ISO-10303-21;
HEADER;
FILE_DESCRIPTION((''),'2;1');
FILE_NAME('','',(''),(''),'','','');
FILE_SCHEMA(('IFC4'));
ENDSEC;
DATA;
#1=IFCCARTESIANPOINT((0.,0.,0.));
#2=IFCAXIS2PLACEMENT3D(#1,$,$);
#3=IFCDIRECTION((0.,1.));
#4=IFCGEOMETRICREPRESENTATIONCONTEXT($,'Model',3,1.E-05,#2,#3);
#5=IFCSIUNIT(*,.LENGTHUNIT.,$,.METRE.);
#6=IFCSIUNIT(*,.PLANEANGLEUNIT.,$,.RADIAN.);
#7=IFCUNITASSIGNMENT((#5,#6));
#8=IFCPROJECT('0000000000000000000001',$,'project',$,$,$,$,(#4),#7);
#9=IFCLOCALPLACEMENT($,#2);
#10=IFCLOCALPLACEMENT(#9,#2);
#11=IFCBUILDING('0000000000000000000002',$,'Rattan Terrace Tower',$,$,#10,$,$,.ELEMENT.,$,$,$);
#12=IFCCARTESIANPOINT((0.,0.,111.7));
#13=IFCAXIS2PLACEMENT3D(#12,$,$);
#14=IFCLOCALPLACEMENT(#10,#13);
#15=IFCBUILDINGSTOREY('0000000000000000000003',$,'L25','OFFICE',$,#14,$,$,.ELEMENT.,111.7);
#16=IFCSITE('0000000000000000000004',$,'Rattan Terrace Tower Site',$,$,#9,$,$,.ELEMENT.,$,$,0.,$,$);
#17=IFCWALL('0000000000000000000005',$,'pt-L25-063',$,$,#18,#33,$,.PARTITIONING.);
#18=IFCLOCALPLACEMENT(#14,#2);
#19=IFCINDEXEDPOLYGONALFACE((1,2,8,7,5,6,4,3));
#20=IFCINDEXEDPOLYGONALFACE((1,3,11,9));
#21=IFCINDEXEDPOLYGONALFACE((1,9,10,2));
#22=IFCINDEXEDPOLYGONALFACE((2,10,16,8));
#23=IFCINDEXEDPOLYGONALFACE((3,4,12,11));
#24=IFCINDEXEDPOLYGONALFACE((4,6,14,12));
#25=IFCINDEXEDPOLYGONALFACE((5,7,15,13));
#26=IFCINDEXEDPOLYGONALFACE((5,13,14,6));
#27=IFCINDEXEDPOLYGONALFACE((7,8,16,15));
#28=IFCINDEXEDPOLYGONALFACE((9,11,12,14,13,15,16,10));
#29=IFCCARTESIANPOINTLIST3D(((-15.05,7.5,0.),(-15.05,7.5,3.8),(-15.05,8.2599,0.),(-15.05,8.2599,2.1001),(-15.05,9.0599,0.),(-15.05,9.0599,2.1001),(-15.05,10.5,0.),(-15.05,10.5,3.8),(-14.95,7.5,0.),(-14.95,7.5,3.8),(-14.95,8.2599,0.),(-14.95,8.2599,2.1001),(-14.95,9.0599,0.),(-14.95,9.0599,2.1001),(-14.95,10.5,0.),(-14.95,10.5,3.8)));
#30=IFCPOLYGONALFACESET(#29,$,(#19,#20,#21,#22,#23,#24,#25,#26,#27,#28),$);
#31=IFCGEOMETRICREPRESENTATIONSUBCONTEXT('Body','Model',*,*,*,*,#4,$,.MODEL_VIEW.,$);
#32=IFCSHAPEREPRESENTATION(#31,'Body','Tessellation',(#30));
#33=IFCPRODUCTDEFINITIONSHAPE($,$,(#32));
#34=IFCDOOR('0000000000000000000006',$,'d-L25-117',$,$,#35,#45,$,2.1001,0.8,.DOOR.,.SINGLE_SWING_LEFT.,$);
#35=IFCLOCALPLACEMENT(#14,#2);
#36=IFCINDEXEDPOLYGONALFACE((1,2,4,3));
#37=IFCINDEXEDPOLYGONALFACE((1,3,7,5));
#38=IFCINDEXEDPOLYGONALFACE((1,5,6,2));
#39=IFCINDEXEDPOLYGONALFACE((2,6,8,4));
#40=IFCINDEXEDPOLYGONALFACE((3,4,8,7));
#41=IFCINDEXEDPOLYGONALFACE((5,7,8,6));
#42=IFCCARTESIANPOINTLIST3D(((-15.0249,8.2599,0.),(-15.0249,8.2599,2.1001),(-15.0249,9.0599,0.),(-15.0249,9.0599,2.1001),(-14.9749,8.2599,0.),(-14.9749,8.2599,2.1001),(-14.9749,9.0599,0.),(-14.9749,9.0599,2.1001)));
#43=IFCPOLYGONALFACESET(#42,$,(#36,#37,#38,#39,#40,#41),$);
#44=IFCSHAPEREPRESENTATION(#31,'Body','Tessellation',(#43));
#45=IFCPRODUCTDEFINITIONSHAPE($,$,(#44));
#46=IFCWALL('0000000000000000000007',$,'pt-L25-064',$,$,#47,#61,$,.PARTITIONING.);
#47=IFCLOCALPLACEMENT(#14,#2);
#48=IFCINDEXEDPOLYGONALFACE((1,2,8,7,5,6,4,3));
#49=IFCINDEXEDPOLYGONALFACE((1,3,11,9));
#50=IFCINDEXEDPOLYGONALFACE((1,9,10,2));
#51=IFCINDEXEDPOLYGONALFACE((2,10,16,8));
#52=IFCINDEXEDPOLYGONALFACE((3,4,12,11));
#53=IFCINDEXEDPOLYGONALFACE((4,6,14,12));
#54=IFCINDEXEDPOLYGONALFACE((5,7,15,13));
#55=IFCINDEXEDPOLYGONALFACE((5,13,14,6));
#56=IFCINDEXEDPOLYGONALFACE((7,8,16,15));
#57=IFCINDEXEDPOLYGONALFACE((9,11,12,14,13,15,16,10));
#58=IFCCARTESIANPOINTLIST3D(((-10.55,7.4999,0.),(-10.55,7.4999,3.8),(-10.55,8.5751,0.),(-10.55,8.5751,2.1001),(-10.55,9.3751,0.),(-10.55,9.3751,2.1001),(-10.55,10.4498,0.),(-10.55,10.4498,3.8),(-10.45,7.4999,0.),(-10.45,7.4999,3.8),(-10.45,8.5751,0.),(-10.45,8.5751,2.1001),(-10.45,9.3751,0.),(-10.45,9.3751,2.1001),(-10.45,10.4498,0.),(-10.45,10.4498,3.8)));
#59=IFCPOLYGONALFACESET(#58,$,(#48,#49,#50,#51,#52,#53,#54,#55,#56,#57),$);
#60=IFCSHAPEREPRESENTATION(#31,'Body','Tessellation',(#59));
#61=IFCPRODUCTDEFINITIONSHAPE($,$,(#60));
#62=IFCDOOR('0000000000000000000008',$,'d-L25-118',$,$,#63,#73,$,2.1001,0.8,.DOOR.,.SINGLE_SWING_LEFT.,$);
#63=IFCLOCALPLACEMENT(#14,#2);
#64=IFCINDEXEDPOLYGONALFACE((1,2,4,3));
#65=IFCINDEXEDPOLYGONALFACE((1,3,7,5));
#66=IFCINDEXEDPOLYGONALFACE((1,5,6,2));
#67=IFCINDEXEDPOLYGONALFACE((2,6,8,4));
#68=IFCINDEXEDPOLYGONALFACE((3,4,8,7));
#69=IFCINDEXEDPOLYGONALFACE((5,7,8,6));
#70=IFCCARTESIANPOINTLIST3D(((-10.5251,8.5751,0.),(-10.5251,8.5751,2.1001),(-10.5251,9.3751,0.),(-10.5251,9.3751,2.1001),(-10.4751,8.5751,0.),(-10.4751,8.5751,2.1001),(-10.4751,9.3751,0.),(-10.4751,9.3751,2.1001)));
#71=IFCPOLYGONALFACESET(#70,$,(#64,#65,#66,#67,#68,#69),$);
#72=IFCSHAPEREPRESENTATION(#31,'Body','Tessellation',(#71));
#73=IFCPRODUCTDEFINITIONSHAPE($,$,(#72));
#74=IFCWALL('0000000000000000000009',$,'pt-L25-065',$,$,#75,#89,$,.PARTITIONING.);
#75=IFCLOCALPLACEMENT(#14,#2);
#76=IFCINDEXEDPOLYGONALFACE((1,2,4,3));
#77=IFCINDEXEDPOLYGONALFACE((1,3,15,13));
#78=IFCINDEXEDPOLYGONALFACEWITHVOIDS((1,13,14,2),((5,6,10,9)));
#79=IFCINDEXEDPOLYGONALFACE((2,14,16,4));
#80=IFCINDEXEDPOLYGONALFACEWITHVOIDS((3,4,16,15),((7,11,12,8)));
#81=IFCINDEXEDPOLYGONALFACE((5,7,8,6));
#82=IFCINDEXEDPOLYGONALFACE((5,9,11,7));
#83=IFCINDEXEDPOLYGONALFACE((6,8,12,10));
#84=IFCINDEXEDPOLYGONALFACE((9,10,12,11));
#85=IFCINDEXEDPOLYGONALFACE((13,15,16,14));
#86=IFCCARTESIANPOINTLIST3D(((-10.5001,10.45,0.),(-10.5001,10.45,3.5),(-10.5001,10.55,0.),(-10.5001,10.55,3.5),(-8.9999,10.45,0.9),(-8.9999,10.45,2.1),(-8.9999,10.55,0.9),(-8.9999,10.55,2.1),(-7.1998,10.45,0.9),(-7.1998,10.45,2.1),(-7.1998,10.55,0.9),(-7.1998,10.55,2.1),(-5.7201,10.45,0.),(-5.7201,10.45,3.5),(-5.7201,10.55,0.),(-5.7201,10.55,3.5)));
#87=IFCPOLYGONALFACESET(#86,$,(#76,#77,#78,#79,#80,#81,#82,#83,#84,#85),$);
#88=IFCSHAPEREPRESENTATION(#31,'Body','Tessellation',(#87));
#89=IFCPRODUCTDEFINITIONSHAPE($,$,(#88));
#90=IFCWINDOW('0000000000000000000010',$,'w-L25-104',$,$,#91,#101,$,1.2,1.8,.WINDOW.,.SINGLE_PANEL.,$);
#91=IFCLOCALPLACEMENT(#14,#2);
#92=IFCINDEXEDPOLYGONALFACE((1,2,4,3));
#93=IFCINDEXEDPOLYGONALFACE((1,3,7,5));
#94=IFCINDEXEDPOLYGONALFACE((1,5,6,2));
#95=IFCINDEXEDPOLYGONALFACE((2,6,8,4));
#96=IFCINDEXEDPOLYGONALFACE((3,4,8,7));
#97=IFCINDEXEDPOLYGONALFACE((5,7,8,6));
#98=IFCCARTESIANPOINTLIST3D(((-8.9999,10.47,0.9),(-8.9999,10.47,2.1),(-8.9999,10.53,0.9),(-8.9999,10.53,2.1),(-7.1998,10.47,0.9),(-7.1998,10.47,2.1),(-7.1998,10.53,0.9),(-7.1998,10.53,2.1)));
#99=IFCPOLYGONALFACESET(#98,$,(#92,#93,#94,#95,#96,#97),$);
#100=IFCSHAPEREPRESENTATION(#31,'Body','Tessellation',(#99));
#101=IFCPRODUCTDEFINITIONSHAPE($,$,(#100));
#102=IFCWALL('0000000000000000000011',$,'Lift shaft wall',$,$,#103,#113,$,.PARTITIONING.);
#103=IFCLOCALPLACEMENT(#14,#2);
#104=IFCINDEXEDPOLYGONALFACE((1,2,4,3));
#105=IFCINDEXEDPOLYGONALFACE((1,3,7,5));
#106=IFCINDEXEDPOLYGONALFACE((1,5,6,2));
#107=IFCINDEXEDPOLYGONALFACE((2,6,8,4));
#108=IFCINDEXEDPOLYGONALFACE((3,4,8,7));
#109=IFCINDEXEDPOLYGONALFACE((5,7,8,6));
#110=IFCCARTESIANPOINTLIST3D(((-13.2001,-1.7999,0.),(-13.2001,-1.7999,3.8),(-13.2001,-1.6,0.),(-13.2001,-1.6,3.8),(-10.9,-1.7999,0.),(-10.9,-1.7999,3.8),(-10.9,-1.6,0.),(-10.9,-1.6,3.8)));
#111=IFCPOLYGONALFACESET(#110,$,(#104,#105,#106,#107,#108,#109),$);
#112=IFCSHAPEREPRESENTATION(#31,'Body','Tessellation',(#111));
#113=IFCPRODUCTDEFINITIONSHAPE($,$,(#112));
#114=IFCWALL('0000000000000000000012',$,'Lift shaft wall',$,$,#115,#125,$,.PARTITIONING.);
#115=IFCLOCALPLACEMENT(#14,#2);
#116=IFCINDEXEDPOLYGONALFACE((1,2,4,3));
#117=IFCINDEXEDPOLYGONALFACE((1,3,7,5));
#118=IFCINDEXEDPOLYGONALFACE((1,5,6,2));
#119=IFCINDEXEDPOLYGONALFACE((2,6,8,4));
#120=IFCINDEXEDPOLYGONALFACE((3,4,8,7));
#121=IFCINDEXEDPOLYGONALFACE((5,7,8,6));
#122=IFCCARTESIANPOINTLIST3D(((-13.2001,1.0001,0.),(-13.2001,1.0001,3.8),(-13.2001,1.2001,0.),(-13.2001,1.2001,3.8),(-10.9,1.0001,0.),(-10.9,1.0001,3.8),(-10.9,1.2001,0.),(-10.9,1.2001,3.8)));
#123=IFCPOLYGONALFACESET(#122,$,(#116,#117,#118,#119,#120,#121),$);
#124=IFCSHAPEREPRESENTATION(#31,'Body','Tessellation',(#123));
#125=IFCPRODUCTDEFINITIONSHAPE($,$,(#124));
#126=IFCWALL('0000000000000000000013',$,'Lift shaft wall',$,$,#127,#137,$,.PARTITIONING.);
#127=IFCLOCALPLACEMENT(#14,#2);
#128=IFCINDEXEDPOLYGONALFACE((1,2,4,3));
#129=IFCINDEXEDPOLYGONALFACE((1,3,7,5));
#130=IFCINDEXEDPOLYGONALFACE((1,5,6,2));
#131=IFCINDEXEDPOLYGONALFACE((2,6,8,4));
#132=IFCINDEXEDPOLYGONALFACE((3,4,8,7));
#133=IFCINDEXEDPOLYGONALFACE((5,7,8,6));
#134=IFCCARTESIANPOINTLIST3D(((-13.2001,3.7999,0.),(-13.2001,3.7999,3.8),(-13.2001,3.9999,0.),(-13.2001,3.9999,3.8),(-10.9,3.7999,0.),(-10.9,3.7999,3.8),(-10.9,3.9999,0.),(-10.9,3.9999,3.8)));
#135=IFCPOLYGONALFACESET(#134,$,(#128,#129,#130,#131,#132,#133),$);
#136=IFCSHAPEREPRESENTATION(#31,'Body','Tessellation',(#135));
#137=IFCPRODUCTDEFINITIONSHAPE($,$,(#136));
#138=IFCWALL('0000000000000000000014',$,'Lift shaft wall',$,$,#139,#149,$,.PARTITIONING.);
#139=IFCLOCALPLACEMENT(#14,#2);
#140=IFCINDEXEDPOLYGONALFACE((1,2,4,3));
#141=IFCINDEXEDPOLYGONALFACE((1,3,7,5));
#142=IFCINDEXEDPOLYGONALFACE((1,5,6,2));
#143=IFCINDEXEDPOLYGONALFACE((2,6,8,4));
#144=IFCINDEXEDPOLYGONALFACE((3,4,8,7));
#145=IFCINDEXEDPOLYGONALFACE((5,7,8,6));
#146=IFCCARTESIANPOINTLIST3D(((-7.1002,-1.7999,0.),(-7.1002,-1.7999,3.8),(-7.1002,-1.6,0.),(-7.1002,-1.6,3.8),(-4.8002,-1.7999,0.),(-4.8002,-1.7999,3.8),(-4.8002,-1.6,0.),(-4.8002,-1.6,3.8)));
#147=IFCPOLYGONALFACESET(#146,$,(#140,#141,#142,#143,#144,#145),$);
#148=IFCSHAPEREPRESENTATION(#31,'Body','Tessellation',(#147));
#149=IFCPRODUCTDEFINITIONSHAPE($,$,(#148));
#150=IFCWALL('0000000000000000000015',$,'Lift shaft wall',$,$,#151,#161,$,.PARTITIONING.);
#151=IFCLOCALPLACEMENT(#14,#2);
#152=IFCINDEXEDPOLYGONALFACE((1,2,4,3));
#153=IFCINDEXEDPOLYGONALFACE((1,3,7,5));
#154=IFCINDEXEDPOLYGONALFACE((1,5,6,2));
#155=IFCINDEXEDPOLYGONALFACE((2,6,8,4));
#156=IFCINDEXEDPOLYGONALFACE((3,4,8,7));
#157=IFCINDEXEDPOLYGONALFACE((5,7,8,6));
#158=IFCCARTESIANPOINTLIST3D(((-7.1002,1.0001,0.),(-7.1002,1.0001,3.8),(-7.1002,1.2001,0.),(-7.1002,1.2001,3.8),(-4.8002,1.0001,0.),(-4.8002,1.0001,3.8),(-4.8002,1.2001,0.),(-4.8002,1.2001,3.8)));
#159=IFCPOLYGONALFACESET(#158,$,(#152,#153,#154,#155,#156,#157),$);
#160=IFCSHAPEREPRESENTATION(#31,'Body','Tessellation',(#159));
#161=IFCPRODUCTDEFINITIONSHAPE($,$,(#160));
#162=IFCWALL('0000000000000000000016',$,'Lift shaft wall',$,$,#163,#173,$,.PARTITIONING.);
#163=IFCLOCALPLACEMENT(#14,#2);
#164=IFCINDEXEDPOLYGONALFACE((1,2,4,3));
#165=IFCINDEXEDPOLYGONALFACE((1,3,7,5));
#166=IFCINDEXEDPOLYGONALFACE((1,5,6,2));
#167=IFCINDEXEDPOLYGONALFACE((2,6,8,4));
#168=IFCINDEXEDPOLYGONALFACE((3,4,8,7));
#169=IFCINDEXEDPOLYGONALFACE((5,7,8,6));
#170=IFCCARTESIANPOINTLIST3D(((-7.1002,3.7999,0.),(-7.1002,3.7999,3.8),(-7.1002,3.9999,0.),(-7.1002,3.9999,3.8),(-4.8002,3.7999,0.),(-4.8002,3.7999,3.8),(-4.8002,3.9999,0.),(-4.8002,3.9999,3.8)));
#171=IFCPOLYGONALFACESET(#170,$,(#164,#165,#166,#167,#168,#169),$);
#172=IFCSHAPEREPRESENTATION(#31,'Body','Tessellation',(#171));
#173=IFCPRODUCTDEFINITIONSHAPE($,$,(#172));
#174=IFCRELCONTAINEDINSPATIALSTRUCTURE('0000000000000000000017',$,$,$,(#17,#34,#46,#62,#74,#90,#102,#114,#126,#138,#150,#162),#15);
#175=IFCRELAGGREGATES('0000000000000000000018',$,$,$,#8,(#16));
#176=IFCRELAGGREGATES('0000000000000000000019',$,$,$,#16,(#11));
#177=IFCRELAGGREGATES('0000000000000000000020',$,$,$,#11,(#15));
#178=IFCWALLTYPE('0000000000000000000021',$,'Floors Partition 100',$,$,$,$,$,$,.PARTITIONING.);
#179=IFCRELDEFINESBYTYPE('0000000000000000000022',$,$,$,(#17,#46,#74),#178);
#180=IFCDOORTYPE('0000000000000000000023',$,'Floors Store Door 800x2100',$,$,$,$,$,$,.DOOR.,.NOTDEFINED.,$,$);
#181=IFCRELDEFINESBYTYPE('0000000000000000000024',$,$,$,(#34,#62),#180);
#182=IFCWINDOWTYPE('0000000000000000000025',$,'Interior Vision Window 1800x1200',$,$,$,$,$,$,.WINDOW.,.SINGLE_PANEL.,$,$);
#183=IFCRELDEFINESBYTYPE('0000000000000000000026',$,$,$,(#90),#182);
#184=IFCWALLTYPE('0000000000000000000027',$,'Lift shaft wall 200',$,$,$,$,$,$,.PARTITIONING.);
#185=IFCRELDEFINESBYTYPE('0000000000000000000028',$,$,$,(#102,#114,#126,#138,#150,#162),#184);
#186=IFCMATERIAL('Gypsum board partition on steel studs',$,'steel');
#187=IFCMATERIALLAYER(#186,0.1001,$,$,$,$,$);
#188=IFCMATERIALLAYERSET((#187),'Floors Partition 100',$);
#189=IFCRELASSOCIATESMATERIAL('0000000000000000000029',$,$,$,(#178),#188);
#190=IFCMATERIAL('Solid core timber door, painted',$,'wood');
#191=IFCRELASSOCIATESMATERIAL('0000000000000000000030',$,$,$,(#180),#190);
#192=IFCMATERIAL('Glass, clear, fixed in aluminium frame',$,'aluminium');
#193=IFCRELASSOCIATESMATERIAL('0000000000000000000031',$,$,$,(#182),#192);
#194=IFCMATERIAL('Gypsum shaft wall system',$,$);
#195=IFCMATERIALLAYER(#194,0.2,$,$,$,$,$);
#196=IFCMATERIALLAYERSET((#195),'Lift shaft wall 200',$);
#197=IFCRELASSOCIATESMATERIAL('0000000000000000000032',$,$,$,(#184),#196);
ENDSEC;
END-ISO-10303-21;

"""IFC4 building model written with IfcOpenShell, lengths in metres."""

from ifc_helpers import new_model, si_unit, direction, frame, frame_2d, origin, place, context, subcontext, project, spatial, rectangle, extrude, material, layer, layer_set, type_object, element, fill, save


model = new_model("IFC4")

# Units and contexts
model_context = context("Model", 3, precision=1e-05, world=origin(), true_north=direction((0.0, 1.0)))
body_context = subcontext(model_context, "Body", "Model", "MODEL_VIEW")
ifc_project = project(units=[si_unit("LENGTHUNIT", "METRE"), si_unit("PLANEANGLEUNIT", "RADIAN")], contexts=[model_context])

# Site, building, storey
site_placement = place(None, origin())
site = spatial("IfcSite", under=ifc_project, at=site_placement, Name="Rattan Terrace Tower Site", CompositionType="ELEMENT", RefElevation=0.0)
building_placement = place(site_placement, origin())
building = spatial("IfcBuilding", under=site, at=building_placement, Name="Rattan Terrace Tower", CompositionType="ELEMENT")
storey_placement = place(building_placement, frame((0.0, 0.0, 111.7)))
storey = spatial("IfcBuildingStorey", under=building, at=storey_placement, Name="L25", Description="OFFICE", CompositionType="ELEMENT", Elevation=111.7)

# Shared definitions
ifc_material_1 = material(Name="Gypsum board partition on steel studs", Category="steel")
ifc_layer_1 = layer(ifc_material_1, 0.1001)
ifc_layer_set_1 = layer_set([ifc_layer_1], Name="Floors Partition 100")
wall_type_1 = type_object("IfcWallType", Name="Floors Partition 100", PredefinedType="PARTITIONING", material=ifc_layer_set_1)

# Walls, openings, doors
wall_1_placement = place(storey_placement, frame((-15.0, 7.5, 0.0), z_axis=(0.0, 0.0, 1.0), x_axis=(0.0, 1.0, 0.0)))
wall_1 = element("IfcWall", 1, at=wall_1_placement, inside=storey, type_object=wall_type_1, Name="pt-L25-063", PredefinedType="PARTITIONING", context=body_context, shape_type="SweptSolid", body=[
    extrude(rectangle(XDim=3.0, YDim=0.1001, at=frame_2d((1.5, 0.0))), origin(), (0.0, 0.0, 1.0), 3.8),
])
opening_1_placement = place(wall_1_placement, frame((0.76, 0.0, 0.0)))
opening_1 = element("IfcOpeningElement", 2, at=opening_1_placement, cuts=wall_1, PredefinedType="OPENING", context=body_context, shape_type="SweptSolid", body=[
    extrude(rectangle(XDim=0.8, YDim=2.1001, at=frame_2d((0.3999, 1.05))), frame((0.0, 0.0605, 0.0), z_axis=(0.0, -1.0, 0.0), x_axis=(1.0, 0.0, 0.0)), (0.0, 0.0, 1.0), 0.1211),
])
ifc_material_2 = material(Name="Solid core timber door, painted", Category="wood")
door_type = type_object("IfcDoorType", Name="Floors Store Door 800x2100", OperationType="NOTDEFINED", PredefinedType="DOOR", material=ifc_material_2)
door_1_placement = place(opening_1_placement, origin())
door_1 = element("IfcDoor", 3, at=door_1_placement, inside=storey, type_object=door_type, Name="d-L25-117", OperationType="SINGLE_SWING_LEFT", OverallHeight=2.1001, OverallWidth=0.8, PredefinedType="DOOR", context=body_context, shape_type="SweptSolid", body=[
    extrude(rectangle(XDim=0.8, YDim=2.1001, at=frame_2d((0.3999, 1.05))), frame((0.0, 0.0249, 0.0), z_axis=(0.0, -1.0, 0.0), x_axis=(1.0, 0.0, 0.0)), (0.0, 0.0, 1.0), 0.05),
])
fill(opening_1, door_1)
wall_2_placement = place(storey_placement, frame((-10.5, 10.45, 0.0), z_axis=(0.0, 0.0, 1.0), x_axis=(0.0, -1.0, 0.0)))
wall_2 = element("IfcWall", 4, at=wall_2_placement, inside=storey, type_object=wall_type_1, Name="pt-L25-064", PredefinedType="PARTITIONING", context=body_context, shape_type="SweptSolid", body=[
    extrude(rectangle(XDim=2.95, YDim=0.1001, at=frame_2d((1.4751, 0.0))), origin(), (0.0, 0.0, 1.0), 3.8),
])
opening_2_placement = place(wall_2_placement, frame((1.075, 0.0, 0.0)))
opening_2 = element("IfcOpeningElement", 5, at=opening_2_placement, cuts=wall_2, PredefinedType="OPENING", context=body_context, shape_type="SweptSolid", body=[
    extrude(rectangle(XDim=0.8, YDim=2.1001, at=frame_2d((0.3999, 1.05))), frame((0.0, 0.0605, 0.0), z_axis=(0.0, -1.0, 0.0), x_axis=(1.0, 0.0, 0.0)), (0.0, 0.0, 1.0), 0.1211),
])
door_2_placement = place(opening_2_placement, origin())
door_2 = element("IfcDoor", 6, at=door_2_placement, inside=storey, type_object=door_type, Name="d-L25-118", OperationType="SINGLE_SWING_LEFT", OverallHeight=2.1001, OverallWidth=0.8, PredefinedType="DOOR", context=body_context, shape_type="SweptSolid", body=[
    extrude(rectangle(XDim=0.8, YDim=2.1001, at=frame_2d((0.3999, 1.05))), frame((0.0, 0.0249, 0.0), z_axis=(0.0, -1.0, 0.0), x_axis=(1.0, 0.0, 0.0)), (0.0, 0.0, 1.0), 0.05),
])
fill(opening_2, door_2)

# Wall, opening, window
wall_3_placement = place(storey_placement, frame((-5.72, 10.5, 0.0), z_axis=(0.0, 0.0, 1.0), x_axis=(-1.0, 0.0, 0.0)))
wall_3 = element("IfcWall", 7, at=wall_3_placement, inside=storey, type_object=wall_type_1, Name="pt-L25-065", PredefinedType="PARTITIONING", context=body_context, shape_type="SweptSolid", body=[
    extrude(rectangle(XDim=4.78, YDim=0.1001, at=frame_2d((2.3901, 0.0))), origin(), (0.0, 0.0, 1.0), 3.5),
])
opening_3_placement = place(wall_3_placement, frame((1.48, 0.0, 0.8999)))
opening_3 = element("IfcOpeningElement", 8, at=opening_3_placement, cuts=wall_3, PredefinedType="OPENING", context=body_context, shape_type="SweptSolid", body=[
    extrude(rectangle(XDim=1.8, YDim=1.2, at=frame_2d((0.8999, 0.6001))), frame((0.0, 0.0605, 0.0), z_axis=(0.0, -1.0, 0.0), x_axis=(1.0, 0.0, 0.0)), (0.0, 0.0, 1.0), 0.1211),
])
ifc_material_3 = material(Name="Glass, clear, fixed in aluminium frame", Category="aluminium")
window_type = type_object("IfcWindowType", Name="Interior Vision Window 1800x1200", PartitioningType="SINGLE_PANEL", PredefinedType="WINDOW", material=ifc_material_3)
window_placement = place(opening_3_placement, origin())
window = element("IfcWindow", 9, at=window_placement, inside=storey, type_object=window_type, Name="w-L25-104", OverallHeight=1.2, OverallWidth=1.8, PartitioningType="SINGLE_PANEL", PredefinedType="WINDOW", context=body_context, shape_type="SweptSolid", body=[
    extrude(rectangle(XDim=1.8, YDim=1.2, at=frame_2d((0.8999, 0.6001))), frame((0.0, 0.03, 0.0), z_axis=(0.0, -1.0, 0.0), x_axis=(1.0, 0.0, 0.0)), (0.0, 0.0, 1.0), 0.0601),
])
fill(opening_3, window)

# Walls
ifc_material_4 = material(Name="Gypsum shaft wall system")
ifc_layer_2 = layer(ifc_material_4, 0.2)
ifc_layer_set_2 = layer_set([ifc_layer_2], Name="Lift shaft wall 200")
wall_type_2 = type_object("IfcWallType", Name="Lift shaft wall 200", PredefinedType="PARTITIONING", material=ifc_layer_set_2)
for number, where, z_axis, x_axis, name in (
    (10, (-13.2, -1.7, 0.0), (0.0, 0.0, 1.0), (1.0, 0.0, 0.0), "Lift shaft wall"),
    (11, (-13.2, 1.1001, 0.0), (0.0, 0.0, 1.0), (1.0, 0.0, 0.0), "Lift shaft wall"),
    (12, (-13.2, 3.8999, 0.0), (0.0, 0.0, 1.0), (1.0, 0.0, 0.0), "Lift shaft wall"),
    (13, (-7.1001, -1.7, 0.0), (0.0, 0.0, 1.0), (1.0, 0.0, 0.0), "Lift shaft wall"),
    (14, (-7.1001, 1.1001, 0.0), (0.0, 0.0, 1.0), (1.0, 0.0, 0.0), "Lift shaft wall"),
    (15, (-7.1001, 3.8999, 0.0), (0.0, 0.0, 1.0), (1.0, 0.0, 0.0), "Lift shaft wall"),
):
    element("IfcWall", number, at=place(storey_placement, frame(where, z_axis=z_axis, x_axis=x_axis)), inside=storey, type_object=wall_type_2, Name=name, PredefinedType="PARTITIONING", context=body_context, shape_type="SweptSolid", body=[
        extrude(rectangle(XDim=2.3, YDim=0.2, at=frame_2d((1.1499, 0.0))), origin(), (0.0, 0.0, 1.0), 3.8),
    ])

save(model, "model.ifc")
